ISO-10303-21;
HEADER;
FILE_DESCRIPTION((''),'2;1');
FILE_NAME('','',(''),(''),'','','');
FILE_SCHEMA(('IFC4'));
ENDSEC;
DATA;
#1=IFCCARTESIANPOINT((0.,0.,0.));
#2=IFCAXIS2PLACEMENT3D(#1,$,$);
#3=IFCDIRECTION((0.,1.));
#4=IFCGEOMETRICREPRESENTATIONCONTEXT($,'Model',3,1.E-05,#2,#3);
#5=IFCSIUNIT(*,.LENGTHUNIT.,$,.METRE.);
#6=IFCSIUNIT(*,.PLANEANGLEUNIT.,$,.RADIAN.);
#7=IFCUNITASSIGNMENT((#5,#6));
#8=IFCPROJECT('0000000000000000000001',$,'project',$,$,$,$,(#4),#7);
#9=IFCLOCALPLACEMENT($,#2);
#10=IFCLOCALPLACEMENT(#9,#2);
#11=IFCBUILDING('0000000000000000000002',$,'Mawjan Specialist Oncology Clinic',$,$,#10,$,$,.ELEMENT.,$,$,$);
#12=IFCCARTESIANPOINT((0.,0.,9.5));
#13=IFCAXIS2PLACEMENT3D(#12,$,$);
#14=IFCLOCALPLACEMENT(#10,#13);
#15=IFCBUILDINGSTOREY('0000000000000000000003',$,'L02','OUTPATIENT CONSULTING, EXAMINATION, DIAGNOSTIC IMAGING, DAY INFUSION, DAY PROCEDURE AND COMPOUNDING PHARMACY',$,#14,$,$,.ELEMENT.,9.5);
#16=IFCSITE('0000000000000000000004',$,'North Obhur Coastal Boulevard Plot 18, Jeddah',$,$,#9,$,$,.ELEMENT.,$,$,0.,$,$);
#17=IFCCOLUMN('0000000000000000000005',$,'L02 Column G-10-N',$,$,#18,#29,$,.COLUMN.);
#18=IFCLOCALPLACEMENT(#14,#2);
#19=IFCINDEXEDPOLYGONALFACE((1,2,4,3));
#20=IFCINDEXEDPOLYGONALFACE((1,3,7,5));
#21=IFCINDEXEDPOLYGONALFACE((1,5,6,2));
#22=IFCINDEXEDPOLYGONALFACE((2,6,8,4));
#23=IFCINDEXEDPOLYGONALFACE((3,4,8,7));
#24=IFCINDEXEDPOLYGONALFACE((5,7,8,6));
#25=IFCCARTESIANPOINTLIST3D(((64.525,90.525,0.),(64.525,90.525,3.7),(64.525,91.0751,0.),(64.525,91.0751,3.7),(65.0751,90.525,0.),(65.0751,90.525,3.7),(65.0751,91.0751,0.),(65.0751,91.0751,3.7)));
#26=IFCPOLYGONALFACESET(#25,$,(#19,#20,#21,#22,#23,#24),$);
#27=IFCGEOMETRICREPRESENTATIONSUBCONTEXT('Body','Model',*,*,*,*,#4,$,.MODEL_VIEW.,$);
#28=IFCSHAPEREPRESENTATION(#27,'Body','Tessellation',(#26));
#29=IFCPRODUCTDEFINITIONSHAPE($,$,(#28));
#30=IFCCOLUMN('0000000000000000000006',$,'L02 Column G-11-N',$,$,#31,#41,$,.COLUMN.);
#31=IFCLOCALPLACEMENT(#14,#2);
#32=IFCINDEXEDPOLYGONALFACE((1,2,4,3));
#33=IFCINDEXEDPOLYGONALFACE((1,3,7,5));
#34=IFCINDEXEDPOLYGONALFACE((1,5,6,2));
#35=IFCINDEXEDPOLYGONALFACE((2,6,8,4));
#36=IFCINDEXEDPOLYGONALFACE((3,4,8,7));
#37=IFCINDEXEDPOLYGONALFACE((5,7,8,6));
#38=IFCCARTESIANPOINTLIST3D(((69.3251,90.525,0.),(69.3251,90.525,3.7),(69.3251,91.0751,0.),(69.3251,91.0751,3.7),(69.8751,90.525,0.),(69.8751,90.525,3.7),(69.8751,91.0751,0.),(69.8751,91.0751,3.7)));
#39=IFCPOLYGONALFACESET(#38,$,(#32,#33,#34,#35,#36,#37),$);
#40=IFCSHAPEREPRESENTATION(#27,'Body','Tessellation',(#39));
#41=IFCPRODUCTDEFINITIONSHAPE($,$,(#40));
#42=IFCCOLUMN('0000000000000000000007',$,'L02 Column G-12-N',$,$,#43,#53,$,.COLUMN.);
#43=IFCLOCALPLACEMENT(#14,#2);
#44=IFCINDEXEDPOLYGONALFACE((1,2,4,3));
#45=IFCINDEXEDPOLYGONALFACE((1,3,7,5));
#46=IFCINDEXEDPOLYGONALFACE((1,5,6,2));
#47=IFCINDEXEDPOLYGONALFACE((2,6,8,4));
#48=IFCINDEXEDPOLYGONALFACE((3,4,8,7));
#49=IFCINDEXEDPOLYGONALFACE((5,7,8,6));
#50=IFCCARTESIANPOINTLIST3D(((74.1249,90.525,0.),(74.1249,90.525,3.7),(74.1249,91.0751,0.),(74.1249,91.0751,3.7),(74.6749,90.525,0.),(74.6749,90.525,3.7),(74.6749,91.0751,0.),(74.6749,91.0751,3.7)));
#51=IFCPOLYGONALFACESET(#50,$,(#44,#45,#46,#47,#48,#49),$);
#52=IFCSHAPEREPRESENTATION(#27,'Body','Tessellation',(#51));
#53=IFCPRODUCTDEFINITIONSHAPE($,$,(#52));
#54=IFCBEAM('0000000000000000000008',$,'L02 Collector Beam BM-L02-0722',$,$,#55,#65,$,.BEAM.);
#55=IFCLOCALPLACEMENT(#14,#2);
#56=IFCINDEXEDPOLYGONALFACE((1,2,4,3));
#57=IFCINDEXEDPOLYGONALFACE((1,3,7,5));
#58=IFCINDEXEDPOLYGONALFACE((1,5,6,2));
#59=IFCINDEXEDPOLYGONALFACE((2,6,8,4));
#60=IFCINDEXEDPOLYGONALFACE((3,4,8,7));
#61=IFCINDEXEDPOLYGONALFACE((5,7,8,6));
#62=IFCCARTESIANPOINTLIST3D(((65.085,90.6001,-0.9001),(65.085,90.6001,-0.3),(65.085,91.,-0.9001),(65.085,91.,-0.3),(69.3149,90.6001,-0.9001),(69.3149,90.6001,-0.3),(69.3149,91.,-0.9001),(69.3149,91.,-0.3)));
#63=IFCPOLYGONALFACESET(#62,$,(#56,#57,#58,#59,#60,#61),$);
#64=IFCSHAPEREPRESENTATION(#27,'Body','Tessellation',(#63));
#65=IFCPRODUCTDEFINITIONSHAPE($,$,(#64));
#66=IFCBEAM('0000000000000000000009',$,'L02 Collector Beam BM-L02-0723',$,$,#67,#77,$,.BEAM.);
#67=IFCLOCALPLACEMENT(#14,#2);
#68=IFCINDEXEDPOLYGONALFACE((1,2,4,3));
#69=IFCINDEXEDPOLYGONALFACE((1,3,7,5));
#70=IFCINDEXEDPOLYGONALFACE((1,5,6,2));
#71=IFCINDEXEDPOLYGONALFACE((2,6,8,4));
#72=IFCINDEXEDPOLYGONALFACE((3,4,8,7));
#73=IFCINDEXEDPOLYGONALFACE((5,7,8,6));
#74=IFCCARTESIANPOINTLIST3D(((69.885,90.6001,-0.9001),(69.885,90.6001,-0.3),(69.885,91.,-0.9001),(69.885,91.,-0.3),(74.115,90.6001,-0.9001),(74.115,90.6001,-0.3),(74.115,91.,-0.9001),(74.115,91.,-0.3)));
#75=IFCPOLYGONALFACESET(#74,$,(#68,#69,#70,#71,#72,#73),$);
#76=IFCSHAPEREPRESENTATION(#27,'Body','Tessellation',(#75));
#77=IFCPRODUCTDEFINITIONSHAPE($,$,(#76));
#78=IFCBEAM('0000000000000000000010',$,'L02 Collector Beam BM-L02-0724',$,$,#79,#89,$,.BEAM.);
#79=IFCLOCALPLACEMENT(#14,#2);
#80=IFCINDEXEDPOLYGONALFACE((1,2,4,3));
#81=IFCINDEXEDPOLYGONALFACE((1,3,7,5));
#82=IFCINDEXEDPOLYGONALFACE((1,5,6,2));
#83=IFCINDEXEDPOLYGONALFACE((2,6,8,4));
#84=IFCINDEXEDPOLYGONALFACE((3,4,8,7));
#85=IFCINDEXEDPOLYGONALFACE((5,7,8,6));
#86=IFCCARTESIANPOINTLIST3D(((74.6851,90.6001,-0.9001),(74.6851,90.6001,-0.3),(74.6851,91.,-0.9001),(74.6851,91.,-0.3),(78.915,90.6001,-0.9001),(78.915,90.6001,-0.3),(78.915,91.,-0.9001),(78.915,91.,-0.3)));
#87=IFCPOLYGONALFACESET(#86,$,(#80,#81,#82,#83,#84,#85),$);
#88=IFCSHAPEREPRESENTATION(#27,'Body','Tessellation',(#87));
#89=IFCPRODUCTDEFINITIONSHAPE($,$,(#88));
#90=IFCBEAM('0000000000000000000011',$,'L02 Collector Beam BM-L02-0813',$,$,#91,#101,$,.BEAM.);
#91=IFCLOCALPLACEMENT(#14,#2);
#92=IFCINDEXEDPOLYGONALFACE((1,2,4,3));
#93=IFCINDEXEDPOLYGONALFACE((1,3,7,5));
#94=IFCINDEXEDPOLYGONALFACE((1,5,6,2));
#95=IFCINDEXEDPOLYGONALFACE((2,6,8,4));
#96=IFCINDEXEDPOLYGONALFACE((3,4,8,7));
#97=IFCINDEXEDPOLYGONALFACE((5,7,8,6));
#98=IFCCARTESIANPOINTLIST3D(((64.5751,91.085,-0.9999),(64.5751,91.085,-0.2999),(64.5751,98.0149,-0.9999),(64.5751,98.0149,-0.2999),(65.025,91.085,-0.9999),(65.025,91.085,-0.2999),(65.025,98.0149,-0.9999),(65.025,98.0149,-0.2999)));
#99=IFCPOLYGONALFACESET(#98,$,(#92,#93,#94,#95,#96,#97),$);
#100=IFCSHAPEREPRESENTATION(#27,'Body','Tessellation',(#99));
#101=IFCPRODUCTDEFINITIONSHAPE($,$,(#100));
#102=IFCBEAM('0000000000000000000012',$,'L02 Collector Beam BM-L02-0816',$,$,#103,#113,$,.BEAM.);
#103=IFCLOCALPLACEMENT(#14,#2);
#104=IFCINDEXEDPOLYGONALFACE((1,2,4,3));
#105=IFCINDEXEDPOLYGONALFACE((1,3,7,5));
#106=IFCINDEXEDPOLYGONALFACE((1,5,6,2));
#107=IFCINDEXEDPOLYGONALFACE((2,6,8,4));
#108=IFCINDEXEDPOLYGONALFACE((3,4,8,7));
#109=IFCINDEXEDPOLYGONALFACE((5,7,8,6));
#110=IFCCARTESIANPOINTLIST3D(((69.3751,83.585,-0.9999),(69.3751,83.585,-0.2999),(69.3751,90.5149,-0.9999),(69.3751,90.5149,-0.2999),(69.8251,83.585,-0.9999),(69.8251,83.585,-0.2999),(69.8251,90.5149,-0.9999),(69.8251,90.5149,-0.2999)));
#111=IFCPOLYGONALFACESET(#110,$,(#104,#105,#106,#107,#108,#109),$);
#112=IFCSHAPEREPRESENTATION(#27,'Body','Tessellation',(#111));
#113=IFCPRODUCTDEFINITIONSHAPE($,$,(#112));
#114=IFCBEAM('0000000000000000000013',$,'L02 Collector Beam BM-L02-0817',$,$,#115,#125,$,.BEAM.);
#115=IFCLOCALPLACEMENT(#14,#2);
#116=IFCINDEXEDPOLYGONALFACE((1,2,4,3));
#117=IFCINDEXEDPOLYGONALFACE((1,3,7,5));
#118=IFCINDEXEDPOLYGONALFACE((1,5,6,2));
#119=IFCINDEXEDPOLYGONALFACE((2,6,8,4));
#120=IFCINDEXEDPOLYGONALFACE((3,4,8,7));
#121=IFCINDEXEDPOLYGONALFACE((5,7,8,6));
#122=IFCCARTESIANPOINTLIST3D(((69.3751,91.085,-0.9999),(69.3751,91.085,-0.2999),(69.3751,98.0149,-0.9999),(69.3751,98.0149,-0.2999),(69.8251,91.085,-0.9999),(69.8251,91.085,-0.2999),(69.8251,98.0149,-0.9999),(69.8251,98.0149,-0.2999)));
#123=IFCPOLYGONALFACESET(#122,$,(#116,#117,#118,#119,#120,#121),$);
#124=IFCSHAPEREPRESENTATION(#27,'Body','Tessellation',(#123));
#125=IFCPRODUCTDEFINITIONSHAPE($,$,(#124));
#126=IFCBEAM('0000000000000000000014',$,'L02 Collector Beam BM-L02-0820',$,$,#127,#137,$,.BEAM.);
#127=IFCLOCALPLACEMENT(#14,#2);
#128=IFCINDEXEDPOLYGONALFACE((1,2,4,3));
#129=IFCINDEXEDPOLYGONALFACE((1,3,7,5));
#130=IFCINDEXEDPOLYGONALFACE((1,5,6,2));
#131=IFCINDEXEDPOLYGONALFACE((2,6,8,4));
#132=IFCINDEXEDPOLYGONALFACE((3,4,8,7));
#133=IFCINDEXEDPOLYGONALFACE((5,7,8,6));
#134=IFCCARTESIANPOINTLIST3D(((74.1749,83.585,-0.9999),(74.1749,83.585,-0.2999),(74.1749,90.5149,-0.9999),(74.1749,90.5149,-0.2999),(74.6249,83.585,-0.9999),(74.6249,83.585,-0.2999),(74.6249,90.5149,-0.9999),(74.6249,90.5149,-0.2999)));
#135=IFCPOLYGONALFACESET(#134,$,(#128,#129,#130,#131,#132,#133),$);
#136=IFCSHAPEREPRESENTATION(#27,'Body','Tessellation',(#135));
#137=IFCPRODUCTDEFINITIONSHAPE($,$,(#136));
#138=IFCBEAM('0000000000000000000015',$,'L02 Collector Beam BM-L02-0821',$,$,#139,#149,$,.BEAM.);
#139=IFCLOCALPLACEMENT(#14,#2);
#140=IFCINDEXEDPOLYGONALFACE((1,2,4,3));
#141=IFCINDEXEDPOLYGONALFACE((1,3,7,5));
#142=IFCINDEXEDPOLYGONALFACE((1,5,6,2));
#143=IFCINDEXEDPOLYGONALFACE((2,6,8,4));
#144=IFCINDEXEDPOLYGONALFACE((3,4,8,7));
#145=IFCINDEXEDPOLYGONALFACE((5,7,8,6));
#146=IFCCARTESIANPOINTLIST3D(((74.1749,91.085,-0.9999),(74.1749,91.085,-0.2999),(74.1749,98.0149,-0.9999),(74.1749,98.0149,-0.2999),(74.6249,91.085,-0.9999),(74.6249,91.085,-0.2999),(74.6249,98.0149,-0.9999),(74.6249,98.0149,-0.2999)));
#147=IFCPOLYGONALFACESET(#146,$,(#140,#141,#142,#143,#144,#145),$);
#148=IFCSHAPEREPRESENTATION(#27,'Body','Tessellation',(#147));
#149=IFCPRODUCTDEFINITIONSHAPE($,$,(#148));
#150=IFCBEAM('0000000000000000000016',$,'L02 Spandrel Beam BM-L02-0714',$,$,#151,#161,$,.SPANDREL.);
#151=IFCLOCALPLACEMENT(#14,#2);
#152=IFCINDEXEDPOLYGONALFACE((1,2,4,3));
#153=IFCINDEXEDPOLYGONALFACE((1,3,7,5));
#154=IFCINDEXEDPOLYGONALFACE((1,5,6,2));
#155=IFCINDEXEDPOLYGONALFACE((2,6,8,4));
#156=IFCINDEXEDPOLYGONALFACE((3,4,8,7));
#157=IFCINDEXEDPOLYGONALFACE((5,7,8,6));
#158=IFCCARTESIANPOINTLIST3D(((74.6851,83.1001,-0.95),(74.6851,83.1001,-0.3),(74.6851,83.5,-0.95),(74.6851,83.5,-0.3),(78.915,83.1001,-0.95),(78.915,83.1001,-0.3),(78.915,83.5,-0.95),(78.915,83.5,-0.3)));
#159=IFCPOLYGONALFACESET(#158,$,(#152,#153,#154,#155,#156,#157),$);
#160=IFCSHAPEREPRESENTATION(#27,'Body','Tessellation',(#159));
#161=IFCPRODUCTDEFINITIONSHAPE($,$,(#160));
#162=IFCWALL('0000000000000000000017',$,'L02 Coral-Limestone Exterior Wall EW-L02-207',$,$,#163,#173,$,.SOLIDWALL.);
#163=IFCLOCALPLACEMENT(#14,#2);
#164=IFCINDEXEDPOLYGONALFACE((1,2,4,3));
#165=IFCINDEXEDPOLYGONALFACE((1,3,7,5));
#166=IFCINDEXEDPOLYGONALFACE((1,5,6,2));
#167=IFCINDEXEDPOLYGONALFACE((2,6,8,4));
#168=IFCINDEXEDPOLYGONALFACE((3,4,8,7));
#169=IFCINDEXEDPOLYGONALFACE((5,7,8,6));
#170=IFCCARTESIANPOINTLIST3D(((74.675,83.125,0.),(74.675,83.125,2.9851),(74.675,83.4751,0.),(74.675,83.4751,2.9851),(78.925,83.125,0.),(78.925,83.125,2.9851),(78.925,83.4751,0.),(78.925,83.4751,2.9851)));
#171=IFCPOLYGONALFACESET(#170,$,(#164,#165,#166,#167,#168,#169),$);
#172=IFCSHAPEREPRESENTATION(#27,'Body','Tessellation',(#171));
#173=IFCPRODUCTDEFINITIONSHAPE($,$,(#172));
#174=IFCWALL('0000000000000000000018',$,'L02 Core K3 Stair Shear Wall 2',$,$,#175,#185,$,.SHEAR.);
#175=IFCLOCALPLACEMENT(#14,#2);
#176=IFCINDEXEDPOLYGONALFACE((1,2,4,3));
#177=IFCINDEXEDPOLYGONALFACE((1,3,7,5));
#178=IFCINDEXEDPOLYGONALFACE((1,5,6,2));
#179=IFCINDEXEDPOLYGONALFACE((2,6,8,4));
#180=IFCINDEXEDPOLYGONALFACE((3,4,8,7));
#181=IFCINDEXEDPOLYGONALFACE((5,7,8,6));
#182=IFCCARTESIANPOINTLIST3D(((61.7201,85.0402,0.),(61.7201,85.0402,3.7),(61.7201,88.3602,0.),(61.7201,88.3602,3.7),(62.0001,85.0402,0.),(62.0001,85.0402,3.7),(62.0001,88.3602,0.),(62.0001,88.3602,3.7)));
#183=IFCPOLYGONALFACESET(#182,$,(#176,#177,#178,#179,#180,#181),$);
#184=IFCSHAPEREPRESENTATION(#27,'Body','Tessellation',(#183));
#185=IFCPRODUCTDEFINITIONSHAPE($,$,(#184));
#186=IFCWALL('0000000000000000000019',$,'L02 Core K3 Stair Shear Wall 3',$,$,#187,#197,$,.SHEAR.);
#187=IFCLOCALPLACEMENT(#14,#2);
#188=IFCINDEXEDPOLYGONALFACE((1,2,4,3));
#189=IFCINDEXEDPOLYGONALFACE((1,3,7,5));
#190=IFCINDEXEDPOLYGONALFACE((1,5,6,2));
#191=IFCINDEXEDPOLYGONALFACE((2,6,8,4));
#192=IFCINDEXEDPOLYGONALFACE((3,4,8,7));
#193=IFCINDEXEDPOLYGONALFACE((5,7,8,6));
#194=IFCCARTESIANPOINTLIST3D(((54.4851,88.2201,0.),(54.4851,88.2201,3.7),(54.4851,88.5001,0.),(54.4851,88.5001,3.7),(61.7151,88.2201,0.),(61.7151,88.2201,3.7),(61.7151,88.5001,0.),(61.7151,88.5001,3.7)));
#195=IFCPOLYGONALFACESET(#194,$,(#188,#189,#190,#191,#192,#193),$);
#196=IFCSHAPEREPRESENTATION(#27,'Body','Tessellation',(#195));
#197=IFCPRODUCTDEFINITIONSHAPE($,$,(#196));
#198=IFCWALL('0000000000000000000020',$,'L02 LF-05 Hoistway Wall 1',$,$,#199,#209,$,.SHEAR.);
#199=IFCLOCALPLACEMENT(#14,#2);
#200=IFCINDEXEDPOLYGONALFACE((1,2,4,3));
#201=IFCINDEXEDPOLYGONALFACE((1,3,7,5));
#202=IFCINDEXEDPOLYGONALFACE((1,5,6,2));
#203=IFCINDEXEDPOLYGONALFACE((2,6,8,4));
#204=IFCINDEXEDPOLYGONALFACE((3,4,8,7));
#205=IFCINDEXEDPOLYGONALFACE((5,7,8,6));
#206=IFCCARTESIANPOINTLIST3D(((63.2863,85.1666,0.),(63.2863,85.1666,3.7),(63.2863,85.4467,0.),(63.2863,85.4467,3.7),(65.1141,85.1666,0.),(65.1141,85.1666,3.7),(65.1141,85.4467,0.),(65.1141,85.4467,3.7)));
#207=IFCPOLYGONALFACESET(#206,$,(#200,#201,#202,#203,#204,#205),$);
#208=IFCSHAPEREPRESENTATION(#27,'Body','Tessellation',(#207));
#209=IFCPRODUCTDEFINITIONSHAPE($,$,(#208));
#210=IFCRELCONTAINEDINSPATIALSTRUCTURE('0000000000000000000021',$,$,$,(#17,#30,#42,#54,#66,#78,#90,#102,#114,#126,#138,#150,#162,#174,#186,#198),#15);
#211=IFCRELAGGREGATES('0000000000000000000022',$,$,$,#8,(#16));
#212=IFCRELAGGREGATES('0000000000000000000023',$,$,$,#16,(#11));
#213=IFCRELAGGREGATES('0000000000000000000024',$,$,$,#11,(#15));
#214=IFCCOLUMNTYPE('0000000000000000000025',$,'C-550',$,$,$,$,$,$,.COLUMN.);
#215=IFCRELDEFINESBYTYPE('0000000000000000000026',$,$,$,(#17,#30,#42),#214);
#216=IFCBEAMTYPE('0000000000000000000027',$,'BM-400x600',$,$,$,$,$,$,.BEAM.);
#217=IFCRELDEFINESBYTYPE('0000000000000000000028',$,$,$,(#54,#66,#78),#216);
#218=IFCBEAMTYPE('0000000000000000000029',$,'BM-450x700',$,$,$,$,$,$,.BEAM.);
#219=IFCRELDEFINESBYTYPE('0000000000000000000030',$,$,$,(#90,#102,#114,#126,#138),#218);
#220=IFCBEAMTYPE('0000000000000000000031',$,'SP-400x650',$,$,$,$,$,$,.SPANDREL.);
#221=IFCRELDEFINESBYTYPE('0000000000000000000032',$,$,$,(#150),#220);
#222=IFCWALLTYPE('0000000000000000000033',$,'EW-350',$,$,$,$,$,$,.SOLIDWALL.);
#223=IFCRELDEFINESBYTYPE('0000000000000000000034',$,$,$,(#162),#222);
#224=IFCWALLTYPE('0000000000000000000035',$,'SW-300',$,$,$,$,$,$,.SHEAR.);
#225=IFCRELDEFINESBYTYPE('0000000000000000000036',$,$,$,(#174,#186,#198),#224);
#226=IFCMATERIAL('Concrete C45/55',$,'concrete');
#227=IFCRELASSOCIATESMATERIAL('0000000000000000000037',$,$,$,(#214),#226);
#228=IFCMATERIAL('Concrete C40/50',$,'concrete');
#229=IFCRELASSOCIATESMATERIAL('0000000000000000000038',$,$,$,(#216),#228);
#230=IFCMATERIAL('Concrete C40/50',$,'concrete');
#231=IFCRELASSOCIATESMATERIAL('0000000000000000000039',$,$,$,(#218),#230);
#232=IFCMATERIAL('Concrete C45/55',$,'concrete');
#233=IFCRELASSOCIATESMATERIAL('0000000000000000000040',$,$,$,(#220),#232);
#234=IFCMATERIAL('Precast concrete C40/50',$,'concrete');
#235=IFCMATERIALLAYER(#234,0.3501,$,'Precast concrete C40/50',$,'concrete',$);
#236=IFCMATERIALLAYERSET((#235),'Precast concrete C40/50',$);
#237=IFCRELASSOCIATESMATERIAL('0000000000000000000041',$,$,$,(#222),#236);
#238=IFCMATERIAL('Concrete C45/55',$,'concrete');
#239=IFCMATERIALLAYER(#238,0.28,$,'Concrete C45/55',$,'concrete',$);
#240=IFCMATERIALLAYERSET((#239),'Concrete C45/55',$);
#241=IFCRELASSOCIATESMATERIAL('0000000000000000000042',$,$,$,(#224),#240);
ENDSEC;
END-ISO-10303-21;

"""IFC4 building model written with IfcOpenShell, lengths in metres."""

from ifc_helpers import new_model, si_unit, direction, frame, frame_2d, origin, origin_2d, place, context, subcontext, project, spatial, rectangle, extrude, material, layer, layer_set, material_profile, profile_set, type_object, element, save


model = new_model("IFC4")

# Units and contexts
model_context = context("Model", 3, precision=1e-05, world=origin(), true_north=direction((0.0, 1.0)))
body_context = subcontext(model_context, "Body", "Model", "MODEL_VIEW")
ifc_project = project(units=[si_unit("LENGTHUNIT", "METRE"), si_unit("PLANEANGLEUNIT", "RADIAN")], contexts=[model_context])

# Site, building, storey
site_placement = place(None, origin())
site = spatial("IfcSite", under=ifc_project, at=site_placement, Name="North Obhur Coastal Boulevard Plot 18, Jeddah", CompositionType="ELEMENT", RefElevation=0.0)
building_placement = place(site_placement, origin())
building = spatial("IfcBuilding", under=site, at=building_placement, Name="Mawjan Specialist Oncology Clinic", CompositionType="ELEMENT")
storey_placement = place(building_placement, frame((0.0, 0.0, 9.5)))
storey = spatial("IfcBuildingStorey", under=building, at=storey_placement, Name="L02", Description="OUTPATIENT CONSULTING, EXAMINATION, DIAGNOSTIC IMAGING, DAY INFUSION, DAY PROCEDURE AND COMPOUNDING PHARMACY", CompositionType="ELEMENT", Elevation=9.5)

# Columns
ifc_material_1 = material(Name="Concrete C45/55", Category="concrete")
ifc_material_profile_1 = material_profile(ifc_material_1, rectangle(XDim=0.55, YDim=0.55, at=origin_2d()), Name="RC COL 550x550", Category="concrete")
ifc_profile_set_1 = profile_set([ifc_material_profile_1], Name="Concrete C45/55")
column_type = type_object("IfcColumnType", Name="C-550", PredefinedType="COLUMN", material=ifc_profile_set_1)
for number, where, z_axis, x_axis, name in (
    (1, (64.8, 90.8, 0.0), (0.0, 0.0, 1.0), (1.0, 0.0, 0.0), "L02 Column G-10-N"),
    (2, (69.6001, 90.8, 0.0), (0.0, 0.0, 1.0), (1.0, 0.0, 0.0), "L02 Column G-11-N"),
    (3, (74.3999, 90.8, 0.0), (0.0, 0.0, 1.0), (1.0, 0.0, 0.0), "L02 Column G-12-N"),
):
    element("IfcColumn", number, at=place(storey_placement, frame(where, z_axis=z_axis, x_axis=x_axis)), inside=storey, type_object=column_type, Name=name, PredefinedType="COLUMN", context=body_context, shape_type="SweptSolid", body=[
        extrude(rectangle(XDim=0.55, YDim=0.55, at=origin_2d()), origin(), (0.0, 0.0, 1.0), 3.7),
    ])

# Beams
ifc_material_2 = material(Name="Concrete C40/50", Category="concrete")
ifc_material_profile_2 = material_profile(ifc_material_2, rectangle(XDim=0.3999, YDim=0.6001, at=origin_2d()), Name="RC BM 400x600", Category="concrete")
ifc_profile_set_2 = profile_set([ifc_material_profile_2], Name="Concrete C40/50")
beam_type_1 = type_object("IfcBeamType", Name="BM-400x600", PredefinedType="BEAM", material=ifc_profile_set_2)
for number, where, z_axis, x_axis, name in (
    (4, (65.085, 90.8, -0.6001), (1.0, 0.0, 0.0), (0.0, 1.0, 0.0), "L02 Collector Beam BM-L02-0722"),
    (5, (69.885, 90.8, -0.6001), (1.0, 0.0, 0.0), (0.0, 1.0, 0.0), "L02 Collector Beam BM-L02-0723"),
    (6, (74.6851, 90.8, -0.6001), (1.0, 0.0, 0.0), (0.0, 1.0, 0.0), "L02 Collector Beam BM-L02-0724"),
):
    element("IfcBeam", number, at=place(storey_placement, frame(where, z_axis=z_axis, x_axis=x_axis)), inside=storey, type_object=beam_type_1, Name=name, PredefinedType="BEAM", context=body_context, shape_type="SweptSolid", body=[
        extrude(rectangle(XDim=0.3999, YDim=0.6001, at=origin_2d()), origin(), (0.0, 0.0, 1.0), 4.23),
    ])
ifc_material_3 = material(Name="Concrete C40/50", Category="concrete")
ifc_material_profile_3 = material_profile(ifc_material_3, rectangle(XDim=0.45, YDim=0.7, at=origin_2d()), Name="RC BM 450x700", Category="concrete")
ifc_profile_set_3 = profile_set([ifc_material_profile_3], Name="Concrete C40/50")
beam_type_2 = type_object("IfcBeamType", Name="BM-450x700", PredefinedType="BEAM", material=ifc_profile_set_3)
for number, where, z_axis, x_axis, name in (
    (7, (64.8, 91.085, -0.6499), (0.0, 1.0, 0.0), (-1.0, 0.0, 0.0), "L02 Collector Beam BM-L02-0813"),
    (8, (69.6001, 83.585, -0.6499), (0.0, 1.0, 0.0), (-1.0, 0.0, 0.0), "L02 Collector Beam BM-L02-0816"),
    (9, (69.6001, 91.085, -0.6499), (0.0, 1.0, 0.0), (-1.0, 0.0, 0.0), "L02 Collector Beam BM-L02-0817"),
    (10, (74.3999, 83.585, -0.6499), (0.0, 1.0, 0.0), (-1.0, 0.0, 0.0), "L02 Collector Beam BM-L02-0820"),
    (11, (74.3999, 91.085, -0.6499), (0.0, 1.0, 0.0), (-1.0, 0.0, 0.0), "L02 Collector Beam BM-L02-0821"),
):
    element("IfcBeam", number, at=place(storey_placement, frame(where, z_axis=z_axis, x_axis=x_axis)), inside=storey, type_object=beam_type_2, Name=name, PredefinedType="BEAM", context=body_context, shape_type="SweptSolid", body=[
        extrude(rectangle(XDim=0.45, YDim=0.7, at=origin_2d()), origin(), (0.0, 0.0, 1.0), 6.9299),
    ])
ifc_material_4 = material(Name="Concrete C45/55", Category="concrete")
ifc_material_profile_4 = material_profile(ifc_material_4, rectangle(XDim=0.3999, YDim=0.6499, at=origin_2d()), Name="RC BM 400x650", Category="concrete")
ifc_profile_set_4 = profile_set([ifc_material_profile_4], Name="Concrete C45/55")
beam_type_3 = type_object("IfcBeamType", Name="SP-400x650", PredefinedType="SPANDREL", material=ifc_profile_set_4)
beam_placement = place(storey_placement, frame((74.6851, 83.3, -0.625), z_axis=(1.0, 0.0, 0.0), x_axis=(0.0, 1.0, 0.0)))
element("IfcBeam", 12, at=beam_placement, inside=storey, type_object=beam_type_3, Name="L02 Spandrel Beam BM-L02-0714", PredefinedType="SPANDREL", context=body_context, shape_type="SweptSolid", body=[
    extrude(rectangle(XDim=0.3999, YDim=0.6499, at=origin_2d()), origin(), (0.0, 0.0, 1.0), 4.23),
])

# Walls
ifc_material_5 = material(Name="Precast concrete C40/50", Category="concrete")
ifc_layer_1 = layer(ifc_material_5, 0.3501, Name="Precast concrete C40/50", Category="concrete")
ifc_layer_set_1 = layer_set([ifc_layer_1], Name="Precast concrete C40/50")
wall_type_1 = type_object("IfcWallType", Name="EW-350", PredefinedType="SOLIDWALL", material=ifc_layer_set_1)
wall_1_placement = place(storey_placement, frame((78.925, 83.3, 0.0), z_axis=(0.0, 0.0, 1.0), x_axis=(-1.0, 0.0, 0.0)))
element("IfcWall", 13, at=wall_1_placement, inside=storey, type_object=wall_type_1, Name="L02 Coral-Limestone Exterior Wall EW-L02-207", PredefinedType="SOLIDWALL", context=body_context, shape_type="SweptSolid", body=[
    extrude(rectangle(XDim=4.25, YDim=0.3501, at=frame_2d((2.125, 0.0))), origin(), (0.0, 0.0, 1.0), 2.9851),
])
ifc_material_6 = material(Name="Concrete C45/55", Category="concrete")
ifc_layer_2 = layer(ifc_material_6, 0.28, Name="Concrete C45/55", Category="concrete")
ifc_layer_set_2 = layer_set([ifc_layer_2], Name="Concrete C45/55")
wall_type_2 = type_object("IfcWallType", Name="SW-300", PredefinedType="SHEAR", material=ifc_layer_set_2)
wall_2_placement = place(storey_placement, frame((61.8601, 85.04, 0.0), z_axis=(0.0, 0.0, 1.0), x_axis=(0.0, 1.0, 0.0)))
element("IfcWall", 14, at=wall_2_placement, inside=storey, type_object=wall_type_2, Name="L02 Core K3 Stair Shear Wall 2", PredefinedType="SHEAR", context=body_context, shape_type="SweptSolid", body=[
    extrude(rectangle(XDim=3.3201, YDim=0.28, at=frame_2d((1.6602, 0.0))), origin(), (0.0, 0.0, 1.0), 3.7),
])
wall_3_placement = place(storey_placement, frame((61.7151, 88.3601, 0.0), z_axis=(0.0, 0.0, 1.0), x_axis=(-1.0, 0.0, 0.0)))
element("IfcWall", 15, at=wall_3_placement, inside=storey, type_object=wall_type_2, Name="L02 Core K3 Stair Shear Wall 3", PredefinedType="SHEAR", context=body_context, shape_type="SweptSolid", body=[
    extrude(rectangle(XDim=7.23, YDim=0.28, at=frame_2d((3.615, 0.0))), origin(), (0.0, 0.0, 1.0), 3.7),
])
wall_4_placement = place(storey_placement, frame((63.2861, 85.3066, 0.0), z_axis=(0.0, 0.0, 1.0), x_axis=(1.0, 0.0, 0.0)))
element("IfcWall", 16, at=wall_4_placement, inside=storey, type_object=wall_type_2, Name="L02 LF-05 Hoistway Wall 1", PredefinedType="SHEAR", context=body_context, shape_type="SweptSolid", body=[
    extrude(rectangle(XDim=1.8279, YDim=0.28, at=frame_2d((0.9141, 0.0))), origin(), (0.0, 0.0, 1.0), 3.7),
])

save(model, "model.ifc")
